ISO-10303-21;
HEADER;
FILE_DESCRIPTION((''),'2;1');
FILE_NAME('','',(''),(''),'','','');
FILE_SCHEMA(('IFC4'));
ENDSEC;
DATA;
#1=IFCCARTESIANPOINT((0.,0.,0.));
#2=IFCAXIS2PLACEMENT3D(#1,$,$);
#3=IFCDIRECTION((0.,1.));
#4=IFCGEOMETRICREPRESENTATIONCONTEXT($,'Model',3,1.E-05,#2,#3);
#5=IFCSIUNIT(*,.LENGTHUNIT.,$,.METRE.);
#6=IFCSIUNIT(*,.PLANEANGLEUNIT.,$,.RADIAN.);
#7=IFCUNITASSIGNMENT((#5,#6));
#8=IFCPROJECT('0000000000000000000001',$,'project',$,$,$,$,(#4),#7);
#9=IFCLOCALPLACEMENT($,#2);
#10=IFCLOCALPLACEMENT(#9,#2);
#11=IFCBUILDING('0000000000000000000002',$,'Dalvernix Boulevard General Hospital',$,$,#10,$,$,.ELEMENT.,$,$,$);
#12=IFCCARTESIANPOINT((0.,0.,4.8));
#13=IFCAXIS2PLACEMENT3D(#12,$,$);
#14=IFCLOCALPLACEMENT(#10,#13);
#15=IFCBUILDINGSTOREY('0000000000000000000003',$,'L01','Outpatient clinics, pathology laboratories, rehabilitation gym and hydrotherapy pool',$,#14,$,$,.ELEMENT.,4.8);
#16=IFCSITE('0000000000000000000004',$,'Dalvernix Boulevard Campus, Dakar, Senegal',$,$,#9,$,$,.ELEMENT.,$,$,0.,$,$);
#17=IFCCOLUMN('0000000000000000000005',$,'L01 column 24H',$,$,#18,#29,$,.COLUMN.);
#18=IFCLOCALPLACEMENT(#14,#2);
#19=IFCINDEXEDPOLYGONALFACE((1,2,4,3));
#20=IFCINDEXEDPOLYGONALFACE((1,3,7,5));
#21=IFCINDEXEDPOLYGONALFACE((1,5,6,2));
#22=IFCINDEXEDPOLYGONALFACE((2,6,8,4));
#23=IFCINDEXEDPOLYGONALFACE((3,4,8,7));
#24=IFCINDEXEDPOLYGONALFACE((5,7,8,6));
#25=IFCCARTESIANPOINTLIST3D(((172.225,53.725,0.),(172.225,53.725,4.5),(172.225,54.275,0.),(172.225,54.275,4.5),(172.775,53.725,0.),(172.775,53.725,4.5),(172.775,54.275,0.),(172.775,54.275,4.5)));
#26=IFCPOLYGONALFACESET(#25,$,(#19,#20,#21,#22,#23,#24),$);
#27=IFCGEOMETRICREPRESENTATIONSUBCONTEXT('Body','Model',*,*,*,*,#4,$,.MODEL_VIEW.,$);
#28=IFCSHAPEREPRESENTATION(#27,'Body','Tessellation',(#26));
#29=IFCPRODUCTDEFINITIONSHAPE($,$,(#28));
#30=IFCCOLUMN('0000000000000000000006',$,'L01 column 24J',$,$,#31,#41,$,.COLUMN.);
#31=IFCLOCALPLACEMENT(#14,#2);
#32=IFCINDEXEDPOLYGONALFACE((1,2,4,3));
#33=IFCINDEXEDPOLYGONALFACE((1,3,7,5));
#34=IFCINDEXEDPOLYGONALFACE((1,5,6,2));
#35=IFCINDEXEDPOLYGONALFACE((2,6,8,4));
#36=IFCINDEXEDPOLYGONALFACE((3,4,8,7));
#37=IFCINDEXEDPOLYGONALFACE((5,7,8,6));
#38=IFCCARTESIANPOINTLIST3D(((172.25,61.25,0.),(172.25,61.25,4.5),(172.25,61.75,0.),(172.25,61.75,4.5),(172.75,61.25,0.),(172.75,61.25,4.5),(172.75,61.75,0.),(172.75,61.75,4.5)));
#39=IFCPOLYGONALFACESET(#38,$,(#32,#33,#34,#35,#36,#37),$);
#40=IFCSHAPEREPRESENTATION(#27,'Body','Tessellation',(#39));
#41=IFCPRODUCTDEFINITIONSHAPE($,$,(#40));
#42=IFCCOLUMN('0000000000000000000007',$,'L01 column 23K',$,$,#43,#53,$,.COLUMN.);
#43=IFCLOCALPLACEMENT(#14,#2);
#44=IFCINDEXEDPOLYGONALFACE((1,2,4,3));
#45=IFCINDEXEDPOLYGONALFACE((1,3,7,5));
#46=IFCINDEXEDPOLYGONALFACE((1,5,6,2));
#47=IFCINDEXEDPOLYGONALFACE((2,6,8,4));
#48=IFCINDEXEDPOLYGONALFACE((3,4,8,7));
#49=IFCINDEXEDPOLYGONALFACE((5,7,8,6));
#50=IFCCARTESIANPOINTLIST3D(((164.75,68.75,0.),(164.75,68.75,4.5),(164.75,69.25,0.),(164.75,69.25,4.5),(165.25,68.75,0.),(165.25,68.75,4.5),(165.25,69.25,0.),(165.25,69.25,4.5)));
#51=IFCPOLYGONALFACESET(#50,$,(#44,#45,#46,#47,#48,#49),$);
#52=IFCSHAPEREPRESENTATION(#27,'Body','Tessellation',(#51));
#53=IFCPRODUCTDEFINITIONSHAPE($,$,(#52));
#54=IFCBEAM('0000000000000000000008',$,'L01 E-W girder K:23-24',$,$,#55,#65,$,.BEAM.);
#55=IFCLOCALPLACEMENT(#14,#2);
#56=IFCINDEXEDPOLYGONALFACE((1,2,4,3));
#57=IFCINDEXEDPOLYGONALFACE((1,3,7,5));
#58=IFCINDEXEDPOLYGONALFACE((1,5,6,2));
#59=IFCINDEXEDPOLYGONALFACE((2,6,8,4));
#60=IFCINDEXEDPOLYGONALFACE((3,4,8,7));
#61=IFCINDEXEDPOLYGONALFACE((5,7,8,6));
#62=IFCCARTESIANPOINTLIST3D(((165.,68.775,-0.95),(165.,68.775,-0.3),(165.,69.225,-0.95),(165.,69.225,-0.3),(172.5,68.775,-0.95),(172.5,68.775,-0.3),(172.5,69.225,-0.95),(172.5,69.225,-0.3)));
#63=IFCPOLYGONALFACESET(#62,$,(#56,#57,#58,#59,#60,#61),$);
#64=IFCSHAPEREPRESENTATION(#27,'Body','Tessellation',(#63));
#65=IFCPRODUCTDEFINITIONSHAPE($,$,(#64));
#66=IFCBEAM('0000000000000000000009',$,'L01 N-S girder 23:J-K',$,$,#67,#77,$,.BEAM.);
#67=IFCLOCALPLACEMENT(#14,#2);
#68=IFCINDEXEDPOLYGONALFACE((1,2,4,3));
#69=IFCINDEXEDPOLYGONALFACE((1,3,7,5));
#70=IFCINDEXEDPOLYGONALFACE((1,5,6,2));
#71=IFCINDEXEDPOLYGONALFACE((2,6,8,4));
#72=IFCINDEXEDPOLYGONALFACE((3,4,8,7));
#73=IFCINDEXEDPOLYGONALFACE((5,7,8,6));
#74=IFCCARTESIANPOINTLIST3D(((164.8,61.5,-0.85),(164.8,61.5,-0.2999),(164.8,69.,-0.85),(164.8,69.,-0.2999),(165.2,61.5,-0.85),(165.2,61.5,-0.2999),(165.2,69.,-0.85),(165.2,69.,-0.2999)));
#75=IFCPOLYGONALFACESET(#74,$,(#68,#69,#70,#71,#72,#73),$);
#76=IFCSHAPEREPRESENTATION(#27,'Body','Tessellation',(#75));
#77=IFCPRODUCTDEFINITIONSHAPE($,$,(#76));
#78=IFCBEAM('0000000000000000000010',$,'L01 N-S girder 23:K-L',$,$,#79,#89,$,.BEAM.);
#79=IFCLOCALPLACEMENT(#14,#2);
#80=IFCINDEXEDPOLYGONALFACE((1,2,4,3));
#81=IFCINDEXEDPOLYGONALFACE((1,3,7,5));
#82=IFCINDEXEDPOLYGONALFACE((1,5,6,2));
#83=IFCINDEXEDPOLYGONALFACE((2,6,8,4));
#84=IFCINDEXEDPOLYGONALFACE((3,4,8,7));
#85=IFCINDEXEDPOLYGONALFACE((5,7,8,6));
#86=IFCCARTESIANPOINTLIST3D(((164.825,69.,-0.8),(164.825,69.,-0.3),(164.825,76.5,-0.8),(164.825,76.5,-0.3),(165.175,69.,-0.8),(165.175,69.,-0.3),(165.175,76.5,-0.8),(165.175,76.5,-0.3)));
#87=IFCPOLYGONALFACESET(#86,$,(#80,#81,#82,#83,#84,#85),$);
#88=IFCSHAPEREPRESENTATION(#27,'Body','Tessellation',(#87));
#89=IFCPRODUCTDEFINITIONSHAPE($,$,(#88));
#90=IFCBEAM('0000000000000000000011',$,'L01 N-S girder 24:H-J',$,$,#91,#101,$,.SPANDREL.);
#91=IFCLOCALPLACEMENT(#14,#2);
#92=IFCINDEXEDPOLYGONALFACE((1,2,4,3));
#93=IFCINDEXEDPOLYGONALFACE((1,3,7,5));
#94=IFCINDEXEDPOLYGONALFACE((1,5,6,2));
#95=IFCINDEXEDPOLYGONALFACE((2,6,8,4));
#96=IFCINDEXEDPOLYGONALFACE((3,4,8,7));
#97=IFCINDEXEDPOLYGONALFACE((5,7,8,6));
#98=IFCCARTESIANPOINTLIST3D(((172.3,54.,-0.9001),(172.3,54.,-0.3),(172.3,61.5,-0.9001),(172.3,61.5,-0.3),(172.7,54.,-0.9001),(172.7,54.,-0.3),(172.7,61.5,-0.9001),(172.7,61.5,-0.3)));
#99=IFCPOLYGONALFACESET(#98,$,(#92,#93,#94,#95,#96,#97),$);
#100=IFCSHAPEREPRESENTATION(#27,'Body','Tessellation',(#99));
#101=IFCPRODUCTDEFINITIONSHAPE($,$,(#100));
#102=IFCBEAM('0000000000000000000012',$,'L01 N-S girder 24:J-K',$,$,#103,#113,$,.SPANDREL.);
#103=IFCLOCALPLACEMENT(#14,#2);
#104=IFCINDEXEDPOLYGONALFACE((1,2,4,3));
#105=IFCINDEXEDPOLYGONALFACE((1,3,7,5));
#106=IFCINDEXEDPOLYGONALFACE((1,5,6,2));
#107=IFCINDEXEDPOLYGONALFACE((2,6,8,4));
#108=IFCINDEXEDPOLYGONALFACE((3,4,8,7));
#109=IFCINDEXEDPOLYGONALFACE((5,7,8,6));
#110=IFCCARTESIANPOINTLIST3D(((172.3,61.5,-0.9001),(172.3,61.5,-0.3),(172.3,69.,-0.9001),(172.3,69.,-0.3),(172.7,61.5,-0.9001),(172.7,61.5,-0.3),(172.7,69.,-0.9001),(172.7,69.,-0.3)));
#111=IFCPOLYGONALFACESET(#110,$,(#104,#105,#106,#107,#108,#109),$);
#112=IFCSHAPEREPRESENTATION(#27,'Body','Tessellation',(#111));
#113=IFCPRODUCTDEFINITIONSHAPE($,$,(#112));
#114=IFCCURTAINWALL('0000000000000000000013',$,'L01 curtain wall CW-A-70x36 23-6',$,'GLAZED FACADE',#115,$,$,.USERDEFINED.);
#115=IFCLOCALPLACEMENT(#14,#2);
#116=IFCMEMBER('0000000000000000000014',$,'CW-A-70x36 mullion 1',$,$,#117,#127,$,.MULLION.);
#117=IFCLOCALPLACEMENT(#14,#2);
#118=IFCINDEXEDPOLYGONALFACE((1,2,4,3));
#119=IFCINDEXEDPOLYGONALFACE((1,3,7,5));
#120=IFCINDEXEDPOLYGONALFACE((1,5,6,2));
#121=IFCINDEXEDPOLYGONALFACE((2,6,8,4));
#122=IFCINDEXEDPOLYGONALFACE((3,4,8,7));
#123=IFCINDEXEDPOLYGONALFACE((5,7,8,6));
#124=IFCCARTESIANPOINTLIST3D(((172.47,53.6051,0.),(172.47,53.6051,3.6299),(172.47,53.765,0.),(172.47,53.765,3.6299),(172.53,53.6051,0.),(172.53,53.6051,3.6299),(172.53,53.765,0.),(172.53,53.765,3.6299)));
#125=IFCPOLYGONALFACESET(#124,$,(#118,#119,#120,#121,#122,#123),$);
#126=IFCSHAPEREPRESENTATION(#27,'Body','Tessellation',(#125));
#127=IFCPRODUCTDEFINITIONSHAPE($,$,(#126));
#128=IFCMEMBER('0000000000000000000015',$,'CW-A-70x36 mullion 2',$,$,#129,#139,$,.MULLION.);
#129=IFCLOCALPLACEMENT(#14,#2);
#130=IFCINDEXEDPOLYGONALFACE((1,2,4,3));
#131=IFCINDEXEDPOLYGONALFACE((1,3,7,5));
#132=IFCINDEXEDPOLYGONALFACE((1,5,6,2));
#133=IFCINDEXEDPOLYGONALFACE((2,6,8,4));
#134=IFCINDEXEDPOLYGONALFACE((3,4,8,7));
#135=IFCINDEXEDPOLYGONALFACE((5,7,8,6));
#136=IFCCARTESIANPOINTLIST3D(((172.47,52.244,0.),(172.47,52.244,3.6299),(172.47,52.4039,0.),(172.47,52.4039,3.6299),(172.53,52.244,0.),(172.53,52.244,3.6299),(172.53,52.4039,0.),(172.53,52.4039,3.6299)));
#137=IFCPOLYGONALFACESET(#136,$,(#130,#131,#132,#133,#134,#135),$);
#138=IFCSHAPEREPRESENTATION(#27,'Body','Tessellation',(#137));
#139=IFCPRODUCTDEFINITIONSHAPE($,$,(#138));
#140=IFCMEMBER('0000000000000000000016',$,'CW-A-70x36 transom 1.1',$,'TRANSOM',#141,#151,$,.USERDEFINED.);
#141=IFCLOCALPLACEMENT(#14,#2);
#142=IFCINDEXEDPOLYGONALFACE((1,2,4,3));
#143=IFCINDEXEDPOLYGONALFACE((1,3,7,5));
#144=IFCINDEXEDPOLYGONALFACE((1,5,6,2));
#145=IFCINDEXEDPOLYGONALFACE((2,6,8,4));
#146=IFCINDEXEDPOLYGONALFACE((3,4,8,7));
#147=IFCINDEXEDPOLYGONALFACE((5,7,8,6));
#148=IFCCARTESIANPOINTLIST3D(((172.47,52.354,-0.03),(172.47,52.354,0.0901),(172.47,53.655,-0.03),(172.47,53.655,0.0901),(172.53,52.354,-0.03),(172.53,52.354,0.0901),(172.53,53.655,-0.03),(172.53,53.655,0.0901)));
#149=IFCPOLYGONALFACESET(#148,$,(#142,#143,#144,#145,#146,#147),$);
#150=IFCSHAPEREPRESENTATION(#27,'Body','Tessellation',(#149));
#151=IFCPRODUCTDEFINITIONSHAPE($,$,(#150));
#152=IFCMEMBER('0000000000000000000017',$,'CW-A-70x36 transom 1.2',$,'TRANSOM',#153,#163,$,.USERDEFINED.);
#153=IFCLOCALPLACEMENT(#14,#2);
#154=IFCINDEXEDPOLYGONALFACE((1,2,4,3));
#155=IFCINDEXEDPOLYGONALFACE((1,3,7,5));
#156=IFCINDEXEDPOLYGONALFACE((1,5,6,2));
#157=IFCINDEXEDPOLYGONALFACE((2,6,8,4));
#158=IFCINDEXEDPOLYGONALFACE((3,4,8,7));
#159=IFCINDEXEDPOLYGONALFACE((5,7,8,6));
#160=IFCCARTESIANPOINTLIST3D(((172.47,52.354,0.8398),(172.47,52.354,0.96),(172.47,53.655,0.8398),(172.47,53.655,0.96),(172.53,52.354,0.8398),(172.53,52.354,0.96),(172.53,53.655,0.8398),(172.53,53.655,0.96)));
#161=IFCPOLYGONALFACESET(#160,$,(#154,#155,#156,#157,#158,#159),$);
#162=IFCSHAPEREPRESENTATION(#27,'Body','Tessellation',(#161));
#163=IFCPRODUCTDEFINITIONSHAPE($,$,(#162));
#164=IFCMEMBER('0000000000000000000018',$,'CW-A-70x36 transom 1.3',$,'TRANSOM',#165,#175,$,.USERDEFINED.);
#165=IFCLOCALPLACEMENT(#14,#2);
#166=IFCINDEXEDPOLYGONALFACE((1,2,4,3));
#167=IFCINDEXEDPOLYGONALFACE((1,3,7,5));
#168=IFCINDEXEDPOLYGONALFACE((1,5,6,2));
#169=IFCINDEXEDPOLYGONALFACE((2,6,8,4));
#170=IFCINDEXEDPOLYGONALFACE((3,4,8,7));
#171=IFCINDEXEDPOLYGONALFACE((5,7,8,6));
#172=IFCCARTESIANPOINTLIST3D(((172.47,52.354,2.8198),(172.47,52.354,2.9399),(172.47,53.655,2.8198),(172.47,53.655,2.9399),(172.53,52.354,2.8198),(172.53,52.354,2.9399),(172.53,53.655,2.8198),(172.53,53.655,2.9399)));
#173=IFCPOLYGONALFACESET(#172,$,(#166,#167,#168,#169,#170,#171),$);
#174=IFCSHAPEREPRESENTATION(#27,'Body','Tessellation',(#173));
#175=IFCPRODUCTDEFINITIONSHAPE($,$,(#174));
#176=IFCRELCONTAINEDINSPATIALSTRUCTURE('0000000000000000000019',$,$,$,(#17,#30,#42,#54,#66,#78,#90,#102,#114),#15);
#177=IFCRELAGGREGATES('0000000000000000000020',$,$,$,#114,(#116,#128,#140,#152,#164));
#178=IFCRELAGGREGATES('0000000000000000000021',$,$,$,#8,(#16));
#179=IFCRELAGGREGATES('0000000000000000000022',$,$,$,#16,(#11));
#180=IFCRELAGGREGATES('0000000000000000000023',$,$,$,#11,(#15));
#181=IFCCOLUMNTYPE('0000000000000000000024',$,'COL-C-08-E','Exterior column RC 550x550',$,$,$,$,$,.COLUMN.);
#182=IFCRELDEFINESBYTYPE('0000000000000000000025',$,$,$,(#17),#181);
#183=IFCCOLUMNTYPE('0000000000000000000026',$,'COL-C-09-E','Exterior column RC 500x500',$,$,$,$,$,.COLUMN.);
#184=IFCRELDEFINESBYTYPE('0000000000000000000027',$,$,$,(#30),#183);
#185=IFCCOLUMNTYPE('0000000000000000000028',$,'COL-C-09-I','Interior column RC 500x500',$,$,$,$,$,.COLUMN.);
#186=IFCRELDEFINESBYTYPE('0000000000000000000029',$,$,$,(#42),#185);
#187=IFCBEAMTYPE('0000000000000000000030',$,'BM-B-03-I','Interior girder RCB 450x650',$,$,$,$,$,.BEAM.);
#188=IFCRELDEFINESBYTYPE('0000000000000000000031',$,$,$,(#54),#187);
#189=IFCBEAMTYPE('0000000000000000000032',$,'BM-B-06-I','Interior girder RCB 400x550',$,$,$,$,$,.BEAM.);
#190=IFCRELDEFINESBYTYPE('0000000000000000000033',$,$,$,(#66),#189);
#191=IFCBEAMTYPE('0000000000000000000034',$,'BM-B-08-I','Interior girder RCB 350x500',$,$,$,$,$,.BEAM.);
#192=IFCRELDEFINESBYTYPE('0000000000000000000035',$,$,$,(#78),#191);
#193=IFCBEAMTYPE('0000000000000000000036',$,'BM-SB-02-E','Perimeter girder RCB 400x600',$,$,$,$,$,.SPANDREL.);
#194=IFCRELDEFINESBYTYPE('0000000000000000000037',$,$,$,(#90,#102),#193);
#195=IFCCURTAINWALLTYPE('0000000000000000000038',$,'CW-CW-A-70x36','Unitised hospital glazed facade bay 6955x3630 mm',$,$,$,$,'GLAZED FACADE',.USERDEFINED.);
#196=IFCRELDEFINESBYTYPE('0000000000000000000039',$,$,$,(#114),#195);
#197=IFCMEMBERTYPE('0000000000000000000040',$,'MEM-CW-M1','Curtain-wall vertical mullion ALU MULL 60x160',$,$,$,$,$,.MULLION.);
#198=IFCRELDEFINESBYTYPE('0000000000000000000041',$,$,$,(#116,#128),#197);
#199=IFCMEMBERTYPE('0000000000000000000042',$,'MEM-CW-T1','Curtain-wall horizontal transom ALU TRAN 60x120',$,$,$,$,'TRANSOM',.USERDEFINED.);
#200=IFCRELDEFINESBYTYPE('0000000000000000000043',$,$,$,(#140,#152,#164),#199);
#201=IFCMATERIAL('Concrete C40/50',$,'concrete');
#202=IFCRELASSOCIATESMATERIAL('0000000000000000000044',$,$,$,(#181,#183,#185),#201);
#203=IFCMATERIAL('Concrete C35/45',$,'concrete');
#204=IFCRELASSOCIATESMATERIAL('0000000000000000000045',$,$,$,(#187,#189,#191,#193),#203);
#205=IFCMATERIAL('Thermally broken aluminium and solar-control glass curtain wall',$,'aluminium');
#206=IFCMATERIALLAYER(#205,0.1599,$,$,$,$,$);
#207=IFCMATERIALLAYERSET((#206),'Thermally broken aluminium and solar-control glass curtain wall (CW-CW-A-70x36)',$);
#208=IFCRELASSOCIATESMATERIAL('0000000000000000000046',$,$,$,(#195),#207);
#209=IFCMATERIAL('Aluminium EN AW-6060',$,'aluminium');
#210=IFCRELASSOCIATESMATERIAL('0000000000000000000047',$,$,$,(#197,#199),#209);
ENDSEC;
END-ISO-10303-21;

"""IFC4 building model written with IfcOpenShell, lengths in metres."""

from ifc_helpers import new_model, si_unit, direction, frame, origin, origin_2d, place, context, subcontext, project, spatial, rectangle, extrude, material, layer, layer_set, material_profile, profile_set, type_object, element, aggregate, save


model = new_model("IFC4")

# Units and contexts
model_context = context("Model", 3, precision=1e-05, world=origin(), true_north=direction((0.0, 1.0)))
body_context = subcontext(model_context, "Body", "Model", "MODEL_VIEW")
ifc_project = project(units=[si_unit("LENGTHUNIT", "METRE"), si_unit("PLANEANGLEUNIT", "RADIAN")], contexts=[model_context])

# Site, building, storey
site_placement = place(None, origin())
site = spatial("IfcSite", under=ifc_project, at=site_placement, Name="Dalvernix Boulevard Campus, Dakar, Senegal", CompositionType="ELEMENT", RefElevation=0.0)
building_placement = place(site_placement, origin())
building = spatial("IfcBuilding", under=site, at=building_placement, Name="Dalvernix Boulevard General Hospital", CompositionType="ELEMENT")
storey_placement = place(building_placement, frame((0.0, 0.0, 4.8)))
storey = spatial("IfcBuildingStorey", under=building, at=storey_placement, Name="L01", Description="Outpatient clinics, pathology laboratories, rehabilitation gym and hydrotherapy pool", CompositionType="ELEMENT", Elevation=4.8)

# Columns
ifc_material_1 = material(Name="Concrete C40/50", Category="concrete")
ifc_material_profile_1 = material_profile(ifc_material_1, rectangle(XDim=0.55, YDim=0.55, at=origin_2d()), Name="RC 550x550")
ifc_profile_set_1 = profile_set([ifc_material_profile_1], Name="Concrete C40/50")
column_type_1 = type_object("IfcColumnType", Name="COL-C-08-E", Description="Exterior column RC 550x550", PredefinedType="COLUMN", material=ifc_profile_set_1)
column_1_placement = place(storey_placement, frame((172.5, 54.0, 0.0), z_axis=(0.0, 0.0, 1.0), x_axis=(1.0, 0.0, 0.0)))
element("IfcColumn", 1, at=column_1_placement, inside=storey, type_object=column_type_1, Name="L01 column 24H", PredefinedType="COLUMN", context=body_context, shape_type="SweptSolid", body=[
    extrude(rectangle(XDim=0.55, YDim=0.55, at=origin_2d()), origin(), (0.0, 0.0, 1.0), 4.5),
])
ifc_material_profile_2 = material_profile(ifc_material_1, rectangle(XDim=0.5, YDim=0.5, at=origin_2d()), Name="RC 500x500")
ifc_profile_set_2 = profile_set([ifc_material_profile_2], Name="Concrete C40/50")
column_type_2 = type_object("IfcColumnType", Name="COL-C-09-E", Description="Exterior column RC 500x500", PredefinedType="COLUMN", material=ifc_profile_set_2)
column_2_placement = place(storey_placement, frame((172.5, 61.5, 0.0), z_axis=(0.0, 0.0, 1.0), x_axis=(1.0, 0.0, 0.0)))
element("IfcColumn", 2, at=column_2_placement, inside=storey, type_object=column_type_2, Name="L01 column 24J", PredefinedType="COLUMN", context=body_context, shape_type="SweptSolid", body=[
    extrude(rectangle(XDim=0.5, YDim=0.5, at=origin_2d()), origin(), (0.0, 0.0, 1.0), 4.5),
])
ifc_material_profile_3 = material_profile(ifc_material_1, rectangle(XDim=0.5, YDim=0.5, at=origin_2d()), Name="RC 500x500")
ifc_profile_set_3 = profile_set([ifc_material_profile_3], Name="Concrete C40/50")
column_type_3 = type_object("IfcColumnType", Name="COL-C-09-I", Description="Interior column RC 500x500", PredefinedType="COLUMN", material=ifc_profile_set_3)
column_3_placement = place(storey_placement, frame((165.0, 69.0, 0.0), z_axis=(0.0, 0.0, 1.0), x_axis=(1.0, 0.0, 0.0)))
element("IfcColumn", 3, at=column_3_placement, inside=storey, type_object=column_type_3, Name="L01 column 23K", PredefinedType="COLUMN", context=body_context, shape_type="SweptSolid", body=[
    extrude(rectangle(XDim=0.5, YDim=0.5, at=origin_2d()), origin(), (0.0, 0.0, 1.0), 4.5),
])

# Beams
ifc_material_2 = material(Name="Concrete C35/45", Category="concrete")
ifc_material_profile_4 = material_profile(ifc_material_2, rectangle(XDim=0.45, YDim=0.6499, at=origin_2d()), Name="RCB 450x650")
ifc_profile_set_4 = profile_set([ifc_material_profile_4], Name="Concrete C35/45")
beam_type_1 = type_object("IfcBeamType", Name="BM-B-03-I", Description="Interior girder RCB 450x650", PredefinedType="BEAM", material=ifc_profile_set_4)
beam_1_placement = place(storey_placement, frame((165.0, 69.0, -0.625), z_axis=(1.0, 0.0, 0.0), x_axis=(0.0, 1.0, 0.0)))
element("IfcBeam", 4, at=beam_1_placement, inside=storey, type_object=beam_type_1, Name="L01 E-W girder K:23-24", PredefinedType="BEAM", context=body_context, shape_type="SweptSolid", body=[
    extrude(rectangle(XDim=0.45, YDim=0.6499, at=origin_2d()), origin(), (0.0, 0.0, 1.0), 7.5),
])
ifc_material_profile_5 = material_profile(ifc_material_2, rectangle(XDim=0.3999, YDim=0.55, at=origin_2d()), Name="RCB 400x550")
ifc_profile_set_5 = profile_set([ifc_material_profile_5], Name="Concrete C35/45")
beam_type_2 = type_object("IfcBeamType", Name="BM-B-06-I", Description="Interior girder RCB 400x550", PredefinedType="BEAM", material=ifc_profile_set_5)
beam_2_placement = place(storey_placement, frame((165.0, 61.5, -0.575), z_axis=(0.0, 1.0, 0.0), x_axis=(-1.0, 0.0, 0.0)))
element("IfcBeam", 5, at=beam_2_placement, inside=storey, type_object=beam_type_2, Name="L01 N-S girder 23:J-K", PredefinedType="BEAM", context=body_context, shape_type="SweptSolid", body=[
    extrude(rectangle(XDim=0.3999, YDim=0.55, at=origin_2d()), origin(), (0.0, 0.0, 1.0), 7.5),
])
ifc_material_profile_6 = material_profile(ifc_material_2, rectangle(XDim=0.3501, YDim=0.5, at=origin_2d()), Name="RCB 350x500")
ifc_profile_set_6 = profile_set([ifc_material_profile_6], Name="Concrete C35/45")
beam_type_3 = type_object("IfcBeamType", Name="BM-B-08-I", Description="Interior girder RCB 350x500", PredefinedType="BEAM", material=ifc_profile_set_6)
beam_3_placement = place(storey_placement, frame((165.0, 69.0, -0.55), z_axis=(0.0, 1.0, 0.0), x_axis=(-1.0, 0.0, 0.0)))
element("IfcBeam", 6, at=beam_3_placement, inside=storey, type_object=beam_type_3, Name="L01 N-S girder 23:K-L", PredefinedType="BEAM", context=body_context, shape_type="SweptSolid", body=[
    extrude(rectangle(XDim=0.3501, YDim=0.5, at=origin_2d()), origin(), (0.0, 0.0, 1.0), 7.5),
])
ifc_material_profile_7 = material_profile(ifc_material_2, rectangle(XDim=0.3999, YDim=0.6001, at=origin_2d()), Name="RCB 400x600")
ifc_profile_set_7 = profile_set([ifc_material_profile_7], Name="Concrete C35/45")
beam_type_4 = type_object("IfcBeamType", Name="BM-SB-02-E", Description="Perimeter girder RCB 400x600", PredefinedType="SPANDREL", material=ifc_profile_set_7)
for number, where, z_axis, x_axis, name in (
    (7, (172.5, 54.0, -0.6001), (0.0, 1.0, 0.0), (-1.0, 0.0, 0.0), "L01 N-S girder 24:H-J"),
    (8, (172.5, 61.5, -0.6001), (0.0, 1.0, 0.0), (-1.0, 0.0, 0.0), "L01 N-S girder 24:J-K"),
):
    element("IfcBeam", number, at=place(storey_placement, frame(where, z_axis=z_axis, x_axis=x_axis)), inside=storey, type_object=beam_type_4, Name=name, PredefinedType="SPANDREL", context=body_context, shape_type="SweptSolid", body=[
        extrude(rectangle(XDim=0.3999, YDim=0.6001, at=origin_2d()), origin(), (0.0, 0.0, 1.0), 7.5),
    ])

# Curtain wall, members
ifc_material_3 = material(Name="Thermally broken aluminium and solar-control glass curtain wall", Category="aluminium")
ifc_layer_1 = layer(ifc_material_3, 0.1599)
ifc_layer_set_1 = layer_set([ifc_layer_1], Name="Thermally broken aluminium and solar-control glass curtain wall (CW-CW-A-70x36)")
curtain_wall_type = type_object("IfcCurtainWallType", Name="CW-CW-A-70x36", Description="Unitised hospital glazed facade bay 6955x3630 mm", ElementType="GLAZED FACADE", PredefinedType="USERDEFINED", material=ifc_layer_set_1)
curtain_wall_placement = place(storey_placement, origin())
curtain_wall = element("IfcCurtainWall", 9, at=curtain_wall_placement, inside=storey, type_object=curtain_wall_type, Name="L01 curtain wall CW-A-70x36 23-6", ObjectType="GLAZED FACADE", PredefinedType="USERDEFINED")
ifc_material_4 = material(Name="Aluminium EN AW-6060", Category="aluminium")
ifc_material_profile_8 = material_profile(ifc_material_4, rectangle(XDim=0.0601, YDim=0.1599, at=origin_2d()), Name="ALU MULL 60x160")
ifc_profile_set_8 = profile_set([ifc_material_profile_8], Name="Aluminium EN AW-6060")
member_type_1 = type_object("IfcMemberType", Name="MEM-CW-M1", Description="Curtain-wall vertical mullion ALU MULL 60x160", PredefinedType="MULLION", material=ifc_profile_set_8)
member_1_placement = place(storey_placement, frame((172.5, 53.6851, 0.0), z_axis=(0.0, 0.0, 1.0), x_axis=(1.0, 0.0, 0.0)))
member_1 = element("IfcMember", 10, at=member_1_placement, type_object=member_type_1, Name="CW-A-70x36 mullion 1", PredefinedType="MULLION", context=body_context, shape_type="SweptSolid", body=[
    extrude(rectangle(XDim=0.0601, YDim=0.1599, at=origin_2d()), origin(), (0.0, 0.0, 1.0), 3.6299),
])
member_2_placement = place(storey_placement, frame((172.5, 52.324, 0.0), z_axis=(0.0, 0.0, 1.0), x_axis=(1.0, 0.0, 0.0)))
member_2 = element("IfcMember", 11, at=member_2_placement, type_object=member_type_1, Name="CW-A-70x36 mullion 2", PredefinedType="MULLION", context=body_context, shape_type="SweptSolid", body=[
    extrude(rectangle(XDim=0.0601, YDim=0.1599, at=origin_2d()), origin(), (0.0, 0.0, 1.0), 3.6299),
])
ifc_material_profile_9 = material_profile(ifc_material_4, rectangle(XDim=0.0601, YDim=0.1201, at=origin_2d()), Name="ALU TRAN 60x120")
ifc_profile_set_9 = profile_set([ifc_material_profile_9], Name="Aluminium EN AW-6060")
member_type_2 = type_object("IfcMemberType", Name="MEM-CW-T1", Description="Curtain-wall horizontal transom ALU TRAN 60x120", ElementType="TRANSOM", PredefinedType="USERDEFINED", material=ifc_profile_set_9)
member_3_placement = place(storey_placement, frame((172.5, 53.655, 0.03), z_axis=(0.0, -1.0, 0.0), x_axis=(1.0, 0.0, 0.0)))
member_3 = element("IfcMember", 12, at=member_3_placement, type_object=member_type_2, Name="CW-A-70x36 transom 1.1", ObjectType="TRANSOM", PredefinedType="USERDEFINED", context=body_context, shape_type="SweptSolid", body=[
    extrude(rectangle(XDim=0.0601, YDim=0.1201, at=origin_2d()), origin(), (0.0, 0.0, 1.0), 1.301),
])
member_4_placement = place(storey_placement, frame((172.5, 53.655, 0.8999), z_axis=(0.0, -1.0, 0.0), x_axis=(1.0, 0.0, 0.0)))
member_4 = element("IfcMember", 13, at=member_4_placement, type_object=member_type_2, Name="CW-A-70x36 transom 1.2", ObjectType="TRANSOM", PredefinedType="USERDEFINED", context=body_context, shape_type="SweptSolid", body=[
    extrude(rectangle(XDim=0.0601, YDim=0.1201, at=origin_2d()), origin(), (0.0, 0.0, 1.0), 1.301),
])
member_5_placement = place(storey_placement, frame((172.5, 53.655, 2.8799), z_axis=(0.0, -1.0, 0.0), x_axis=(1.0, 0.0, 0.0)))
member_5 = element("IfcMember", 14, at=member_5_placement, type_object=member_type_2, Name="CW-A-70x36 transom 1.3", ObjectType="TRANSOM", PredefinedType="USERDEFINED", context=body_context, shape_type="SweptSolid", body=[
    extrude(rectangle(XDim=0.0601, YDim=0.1201, at=origin_2d()), origin(), (0.0, 0.0, 1.0), 1.301),
])
aggregate(curtain_wall, [member_1, member_2, member_3, member_4, member_5])

save(model, "model.ifc")
